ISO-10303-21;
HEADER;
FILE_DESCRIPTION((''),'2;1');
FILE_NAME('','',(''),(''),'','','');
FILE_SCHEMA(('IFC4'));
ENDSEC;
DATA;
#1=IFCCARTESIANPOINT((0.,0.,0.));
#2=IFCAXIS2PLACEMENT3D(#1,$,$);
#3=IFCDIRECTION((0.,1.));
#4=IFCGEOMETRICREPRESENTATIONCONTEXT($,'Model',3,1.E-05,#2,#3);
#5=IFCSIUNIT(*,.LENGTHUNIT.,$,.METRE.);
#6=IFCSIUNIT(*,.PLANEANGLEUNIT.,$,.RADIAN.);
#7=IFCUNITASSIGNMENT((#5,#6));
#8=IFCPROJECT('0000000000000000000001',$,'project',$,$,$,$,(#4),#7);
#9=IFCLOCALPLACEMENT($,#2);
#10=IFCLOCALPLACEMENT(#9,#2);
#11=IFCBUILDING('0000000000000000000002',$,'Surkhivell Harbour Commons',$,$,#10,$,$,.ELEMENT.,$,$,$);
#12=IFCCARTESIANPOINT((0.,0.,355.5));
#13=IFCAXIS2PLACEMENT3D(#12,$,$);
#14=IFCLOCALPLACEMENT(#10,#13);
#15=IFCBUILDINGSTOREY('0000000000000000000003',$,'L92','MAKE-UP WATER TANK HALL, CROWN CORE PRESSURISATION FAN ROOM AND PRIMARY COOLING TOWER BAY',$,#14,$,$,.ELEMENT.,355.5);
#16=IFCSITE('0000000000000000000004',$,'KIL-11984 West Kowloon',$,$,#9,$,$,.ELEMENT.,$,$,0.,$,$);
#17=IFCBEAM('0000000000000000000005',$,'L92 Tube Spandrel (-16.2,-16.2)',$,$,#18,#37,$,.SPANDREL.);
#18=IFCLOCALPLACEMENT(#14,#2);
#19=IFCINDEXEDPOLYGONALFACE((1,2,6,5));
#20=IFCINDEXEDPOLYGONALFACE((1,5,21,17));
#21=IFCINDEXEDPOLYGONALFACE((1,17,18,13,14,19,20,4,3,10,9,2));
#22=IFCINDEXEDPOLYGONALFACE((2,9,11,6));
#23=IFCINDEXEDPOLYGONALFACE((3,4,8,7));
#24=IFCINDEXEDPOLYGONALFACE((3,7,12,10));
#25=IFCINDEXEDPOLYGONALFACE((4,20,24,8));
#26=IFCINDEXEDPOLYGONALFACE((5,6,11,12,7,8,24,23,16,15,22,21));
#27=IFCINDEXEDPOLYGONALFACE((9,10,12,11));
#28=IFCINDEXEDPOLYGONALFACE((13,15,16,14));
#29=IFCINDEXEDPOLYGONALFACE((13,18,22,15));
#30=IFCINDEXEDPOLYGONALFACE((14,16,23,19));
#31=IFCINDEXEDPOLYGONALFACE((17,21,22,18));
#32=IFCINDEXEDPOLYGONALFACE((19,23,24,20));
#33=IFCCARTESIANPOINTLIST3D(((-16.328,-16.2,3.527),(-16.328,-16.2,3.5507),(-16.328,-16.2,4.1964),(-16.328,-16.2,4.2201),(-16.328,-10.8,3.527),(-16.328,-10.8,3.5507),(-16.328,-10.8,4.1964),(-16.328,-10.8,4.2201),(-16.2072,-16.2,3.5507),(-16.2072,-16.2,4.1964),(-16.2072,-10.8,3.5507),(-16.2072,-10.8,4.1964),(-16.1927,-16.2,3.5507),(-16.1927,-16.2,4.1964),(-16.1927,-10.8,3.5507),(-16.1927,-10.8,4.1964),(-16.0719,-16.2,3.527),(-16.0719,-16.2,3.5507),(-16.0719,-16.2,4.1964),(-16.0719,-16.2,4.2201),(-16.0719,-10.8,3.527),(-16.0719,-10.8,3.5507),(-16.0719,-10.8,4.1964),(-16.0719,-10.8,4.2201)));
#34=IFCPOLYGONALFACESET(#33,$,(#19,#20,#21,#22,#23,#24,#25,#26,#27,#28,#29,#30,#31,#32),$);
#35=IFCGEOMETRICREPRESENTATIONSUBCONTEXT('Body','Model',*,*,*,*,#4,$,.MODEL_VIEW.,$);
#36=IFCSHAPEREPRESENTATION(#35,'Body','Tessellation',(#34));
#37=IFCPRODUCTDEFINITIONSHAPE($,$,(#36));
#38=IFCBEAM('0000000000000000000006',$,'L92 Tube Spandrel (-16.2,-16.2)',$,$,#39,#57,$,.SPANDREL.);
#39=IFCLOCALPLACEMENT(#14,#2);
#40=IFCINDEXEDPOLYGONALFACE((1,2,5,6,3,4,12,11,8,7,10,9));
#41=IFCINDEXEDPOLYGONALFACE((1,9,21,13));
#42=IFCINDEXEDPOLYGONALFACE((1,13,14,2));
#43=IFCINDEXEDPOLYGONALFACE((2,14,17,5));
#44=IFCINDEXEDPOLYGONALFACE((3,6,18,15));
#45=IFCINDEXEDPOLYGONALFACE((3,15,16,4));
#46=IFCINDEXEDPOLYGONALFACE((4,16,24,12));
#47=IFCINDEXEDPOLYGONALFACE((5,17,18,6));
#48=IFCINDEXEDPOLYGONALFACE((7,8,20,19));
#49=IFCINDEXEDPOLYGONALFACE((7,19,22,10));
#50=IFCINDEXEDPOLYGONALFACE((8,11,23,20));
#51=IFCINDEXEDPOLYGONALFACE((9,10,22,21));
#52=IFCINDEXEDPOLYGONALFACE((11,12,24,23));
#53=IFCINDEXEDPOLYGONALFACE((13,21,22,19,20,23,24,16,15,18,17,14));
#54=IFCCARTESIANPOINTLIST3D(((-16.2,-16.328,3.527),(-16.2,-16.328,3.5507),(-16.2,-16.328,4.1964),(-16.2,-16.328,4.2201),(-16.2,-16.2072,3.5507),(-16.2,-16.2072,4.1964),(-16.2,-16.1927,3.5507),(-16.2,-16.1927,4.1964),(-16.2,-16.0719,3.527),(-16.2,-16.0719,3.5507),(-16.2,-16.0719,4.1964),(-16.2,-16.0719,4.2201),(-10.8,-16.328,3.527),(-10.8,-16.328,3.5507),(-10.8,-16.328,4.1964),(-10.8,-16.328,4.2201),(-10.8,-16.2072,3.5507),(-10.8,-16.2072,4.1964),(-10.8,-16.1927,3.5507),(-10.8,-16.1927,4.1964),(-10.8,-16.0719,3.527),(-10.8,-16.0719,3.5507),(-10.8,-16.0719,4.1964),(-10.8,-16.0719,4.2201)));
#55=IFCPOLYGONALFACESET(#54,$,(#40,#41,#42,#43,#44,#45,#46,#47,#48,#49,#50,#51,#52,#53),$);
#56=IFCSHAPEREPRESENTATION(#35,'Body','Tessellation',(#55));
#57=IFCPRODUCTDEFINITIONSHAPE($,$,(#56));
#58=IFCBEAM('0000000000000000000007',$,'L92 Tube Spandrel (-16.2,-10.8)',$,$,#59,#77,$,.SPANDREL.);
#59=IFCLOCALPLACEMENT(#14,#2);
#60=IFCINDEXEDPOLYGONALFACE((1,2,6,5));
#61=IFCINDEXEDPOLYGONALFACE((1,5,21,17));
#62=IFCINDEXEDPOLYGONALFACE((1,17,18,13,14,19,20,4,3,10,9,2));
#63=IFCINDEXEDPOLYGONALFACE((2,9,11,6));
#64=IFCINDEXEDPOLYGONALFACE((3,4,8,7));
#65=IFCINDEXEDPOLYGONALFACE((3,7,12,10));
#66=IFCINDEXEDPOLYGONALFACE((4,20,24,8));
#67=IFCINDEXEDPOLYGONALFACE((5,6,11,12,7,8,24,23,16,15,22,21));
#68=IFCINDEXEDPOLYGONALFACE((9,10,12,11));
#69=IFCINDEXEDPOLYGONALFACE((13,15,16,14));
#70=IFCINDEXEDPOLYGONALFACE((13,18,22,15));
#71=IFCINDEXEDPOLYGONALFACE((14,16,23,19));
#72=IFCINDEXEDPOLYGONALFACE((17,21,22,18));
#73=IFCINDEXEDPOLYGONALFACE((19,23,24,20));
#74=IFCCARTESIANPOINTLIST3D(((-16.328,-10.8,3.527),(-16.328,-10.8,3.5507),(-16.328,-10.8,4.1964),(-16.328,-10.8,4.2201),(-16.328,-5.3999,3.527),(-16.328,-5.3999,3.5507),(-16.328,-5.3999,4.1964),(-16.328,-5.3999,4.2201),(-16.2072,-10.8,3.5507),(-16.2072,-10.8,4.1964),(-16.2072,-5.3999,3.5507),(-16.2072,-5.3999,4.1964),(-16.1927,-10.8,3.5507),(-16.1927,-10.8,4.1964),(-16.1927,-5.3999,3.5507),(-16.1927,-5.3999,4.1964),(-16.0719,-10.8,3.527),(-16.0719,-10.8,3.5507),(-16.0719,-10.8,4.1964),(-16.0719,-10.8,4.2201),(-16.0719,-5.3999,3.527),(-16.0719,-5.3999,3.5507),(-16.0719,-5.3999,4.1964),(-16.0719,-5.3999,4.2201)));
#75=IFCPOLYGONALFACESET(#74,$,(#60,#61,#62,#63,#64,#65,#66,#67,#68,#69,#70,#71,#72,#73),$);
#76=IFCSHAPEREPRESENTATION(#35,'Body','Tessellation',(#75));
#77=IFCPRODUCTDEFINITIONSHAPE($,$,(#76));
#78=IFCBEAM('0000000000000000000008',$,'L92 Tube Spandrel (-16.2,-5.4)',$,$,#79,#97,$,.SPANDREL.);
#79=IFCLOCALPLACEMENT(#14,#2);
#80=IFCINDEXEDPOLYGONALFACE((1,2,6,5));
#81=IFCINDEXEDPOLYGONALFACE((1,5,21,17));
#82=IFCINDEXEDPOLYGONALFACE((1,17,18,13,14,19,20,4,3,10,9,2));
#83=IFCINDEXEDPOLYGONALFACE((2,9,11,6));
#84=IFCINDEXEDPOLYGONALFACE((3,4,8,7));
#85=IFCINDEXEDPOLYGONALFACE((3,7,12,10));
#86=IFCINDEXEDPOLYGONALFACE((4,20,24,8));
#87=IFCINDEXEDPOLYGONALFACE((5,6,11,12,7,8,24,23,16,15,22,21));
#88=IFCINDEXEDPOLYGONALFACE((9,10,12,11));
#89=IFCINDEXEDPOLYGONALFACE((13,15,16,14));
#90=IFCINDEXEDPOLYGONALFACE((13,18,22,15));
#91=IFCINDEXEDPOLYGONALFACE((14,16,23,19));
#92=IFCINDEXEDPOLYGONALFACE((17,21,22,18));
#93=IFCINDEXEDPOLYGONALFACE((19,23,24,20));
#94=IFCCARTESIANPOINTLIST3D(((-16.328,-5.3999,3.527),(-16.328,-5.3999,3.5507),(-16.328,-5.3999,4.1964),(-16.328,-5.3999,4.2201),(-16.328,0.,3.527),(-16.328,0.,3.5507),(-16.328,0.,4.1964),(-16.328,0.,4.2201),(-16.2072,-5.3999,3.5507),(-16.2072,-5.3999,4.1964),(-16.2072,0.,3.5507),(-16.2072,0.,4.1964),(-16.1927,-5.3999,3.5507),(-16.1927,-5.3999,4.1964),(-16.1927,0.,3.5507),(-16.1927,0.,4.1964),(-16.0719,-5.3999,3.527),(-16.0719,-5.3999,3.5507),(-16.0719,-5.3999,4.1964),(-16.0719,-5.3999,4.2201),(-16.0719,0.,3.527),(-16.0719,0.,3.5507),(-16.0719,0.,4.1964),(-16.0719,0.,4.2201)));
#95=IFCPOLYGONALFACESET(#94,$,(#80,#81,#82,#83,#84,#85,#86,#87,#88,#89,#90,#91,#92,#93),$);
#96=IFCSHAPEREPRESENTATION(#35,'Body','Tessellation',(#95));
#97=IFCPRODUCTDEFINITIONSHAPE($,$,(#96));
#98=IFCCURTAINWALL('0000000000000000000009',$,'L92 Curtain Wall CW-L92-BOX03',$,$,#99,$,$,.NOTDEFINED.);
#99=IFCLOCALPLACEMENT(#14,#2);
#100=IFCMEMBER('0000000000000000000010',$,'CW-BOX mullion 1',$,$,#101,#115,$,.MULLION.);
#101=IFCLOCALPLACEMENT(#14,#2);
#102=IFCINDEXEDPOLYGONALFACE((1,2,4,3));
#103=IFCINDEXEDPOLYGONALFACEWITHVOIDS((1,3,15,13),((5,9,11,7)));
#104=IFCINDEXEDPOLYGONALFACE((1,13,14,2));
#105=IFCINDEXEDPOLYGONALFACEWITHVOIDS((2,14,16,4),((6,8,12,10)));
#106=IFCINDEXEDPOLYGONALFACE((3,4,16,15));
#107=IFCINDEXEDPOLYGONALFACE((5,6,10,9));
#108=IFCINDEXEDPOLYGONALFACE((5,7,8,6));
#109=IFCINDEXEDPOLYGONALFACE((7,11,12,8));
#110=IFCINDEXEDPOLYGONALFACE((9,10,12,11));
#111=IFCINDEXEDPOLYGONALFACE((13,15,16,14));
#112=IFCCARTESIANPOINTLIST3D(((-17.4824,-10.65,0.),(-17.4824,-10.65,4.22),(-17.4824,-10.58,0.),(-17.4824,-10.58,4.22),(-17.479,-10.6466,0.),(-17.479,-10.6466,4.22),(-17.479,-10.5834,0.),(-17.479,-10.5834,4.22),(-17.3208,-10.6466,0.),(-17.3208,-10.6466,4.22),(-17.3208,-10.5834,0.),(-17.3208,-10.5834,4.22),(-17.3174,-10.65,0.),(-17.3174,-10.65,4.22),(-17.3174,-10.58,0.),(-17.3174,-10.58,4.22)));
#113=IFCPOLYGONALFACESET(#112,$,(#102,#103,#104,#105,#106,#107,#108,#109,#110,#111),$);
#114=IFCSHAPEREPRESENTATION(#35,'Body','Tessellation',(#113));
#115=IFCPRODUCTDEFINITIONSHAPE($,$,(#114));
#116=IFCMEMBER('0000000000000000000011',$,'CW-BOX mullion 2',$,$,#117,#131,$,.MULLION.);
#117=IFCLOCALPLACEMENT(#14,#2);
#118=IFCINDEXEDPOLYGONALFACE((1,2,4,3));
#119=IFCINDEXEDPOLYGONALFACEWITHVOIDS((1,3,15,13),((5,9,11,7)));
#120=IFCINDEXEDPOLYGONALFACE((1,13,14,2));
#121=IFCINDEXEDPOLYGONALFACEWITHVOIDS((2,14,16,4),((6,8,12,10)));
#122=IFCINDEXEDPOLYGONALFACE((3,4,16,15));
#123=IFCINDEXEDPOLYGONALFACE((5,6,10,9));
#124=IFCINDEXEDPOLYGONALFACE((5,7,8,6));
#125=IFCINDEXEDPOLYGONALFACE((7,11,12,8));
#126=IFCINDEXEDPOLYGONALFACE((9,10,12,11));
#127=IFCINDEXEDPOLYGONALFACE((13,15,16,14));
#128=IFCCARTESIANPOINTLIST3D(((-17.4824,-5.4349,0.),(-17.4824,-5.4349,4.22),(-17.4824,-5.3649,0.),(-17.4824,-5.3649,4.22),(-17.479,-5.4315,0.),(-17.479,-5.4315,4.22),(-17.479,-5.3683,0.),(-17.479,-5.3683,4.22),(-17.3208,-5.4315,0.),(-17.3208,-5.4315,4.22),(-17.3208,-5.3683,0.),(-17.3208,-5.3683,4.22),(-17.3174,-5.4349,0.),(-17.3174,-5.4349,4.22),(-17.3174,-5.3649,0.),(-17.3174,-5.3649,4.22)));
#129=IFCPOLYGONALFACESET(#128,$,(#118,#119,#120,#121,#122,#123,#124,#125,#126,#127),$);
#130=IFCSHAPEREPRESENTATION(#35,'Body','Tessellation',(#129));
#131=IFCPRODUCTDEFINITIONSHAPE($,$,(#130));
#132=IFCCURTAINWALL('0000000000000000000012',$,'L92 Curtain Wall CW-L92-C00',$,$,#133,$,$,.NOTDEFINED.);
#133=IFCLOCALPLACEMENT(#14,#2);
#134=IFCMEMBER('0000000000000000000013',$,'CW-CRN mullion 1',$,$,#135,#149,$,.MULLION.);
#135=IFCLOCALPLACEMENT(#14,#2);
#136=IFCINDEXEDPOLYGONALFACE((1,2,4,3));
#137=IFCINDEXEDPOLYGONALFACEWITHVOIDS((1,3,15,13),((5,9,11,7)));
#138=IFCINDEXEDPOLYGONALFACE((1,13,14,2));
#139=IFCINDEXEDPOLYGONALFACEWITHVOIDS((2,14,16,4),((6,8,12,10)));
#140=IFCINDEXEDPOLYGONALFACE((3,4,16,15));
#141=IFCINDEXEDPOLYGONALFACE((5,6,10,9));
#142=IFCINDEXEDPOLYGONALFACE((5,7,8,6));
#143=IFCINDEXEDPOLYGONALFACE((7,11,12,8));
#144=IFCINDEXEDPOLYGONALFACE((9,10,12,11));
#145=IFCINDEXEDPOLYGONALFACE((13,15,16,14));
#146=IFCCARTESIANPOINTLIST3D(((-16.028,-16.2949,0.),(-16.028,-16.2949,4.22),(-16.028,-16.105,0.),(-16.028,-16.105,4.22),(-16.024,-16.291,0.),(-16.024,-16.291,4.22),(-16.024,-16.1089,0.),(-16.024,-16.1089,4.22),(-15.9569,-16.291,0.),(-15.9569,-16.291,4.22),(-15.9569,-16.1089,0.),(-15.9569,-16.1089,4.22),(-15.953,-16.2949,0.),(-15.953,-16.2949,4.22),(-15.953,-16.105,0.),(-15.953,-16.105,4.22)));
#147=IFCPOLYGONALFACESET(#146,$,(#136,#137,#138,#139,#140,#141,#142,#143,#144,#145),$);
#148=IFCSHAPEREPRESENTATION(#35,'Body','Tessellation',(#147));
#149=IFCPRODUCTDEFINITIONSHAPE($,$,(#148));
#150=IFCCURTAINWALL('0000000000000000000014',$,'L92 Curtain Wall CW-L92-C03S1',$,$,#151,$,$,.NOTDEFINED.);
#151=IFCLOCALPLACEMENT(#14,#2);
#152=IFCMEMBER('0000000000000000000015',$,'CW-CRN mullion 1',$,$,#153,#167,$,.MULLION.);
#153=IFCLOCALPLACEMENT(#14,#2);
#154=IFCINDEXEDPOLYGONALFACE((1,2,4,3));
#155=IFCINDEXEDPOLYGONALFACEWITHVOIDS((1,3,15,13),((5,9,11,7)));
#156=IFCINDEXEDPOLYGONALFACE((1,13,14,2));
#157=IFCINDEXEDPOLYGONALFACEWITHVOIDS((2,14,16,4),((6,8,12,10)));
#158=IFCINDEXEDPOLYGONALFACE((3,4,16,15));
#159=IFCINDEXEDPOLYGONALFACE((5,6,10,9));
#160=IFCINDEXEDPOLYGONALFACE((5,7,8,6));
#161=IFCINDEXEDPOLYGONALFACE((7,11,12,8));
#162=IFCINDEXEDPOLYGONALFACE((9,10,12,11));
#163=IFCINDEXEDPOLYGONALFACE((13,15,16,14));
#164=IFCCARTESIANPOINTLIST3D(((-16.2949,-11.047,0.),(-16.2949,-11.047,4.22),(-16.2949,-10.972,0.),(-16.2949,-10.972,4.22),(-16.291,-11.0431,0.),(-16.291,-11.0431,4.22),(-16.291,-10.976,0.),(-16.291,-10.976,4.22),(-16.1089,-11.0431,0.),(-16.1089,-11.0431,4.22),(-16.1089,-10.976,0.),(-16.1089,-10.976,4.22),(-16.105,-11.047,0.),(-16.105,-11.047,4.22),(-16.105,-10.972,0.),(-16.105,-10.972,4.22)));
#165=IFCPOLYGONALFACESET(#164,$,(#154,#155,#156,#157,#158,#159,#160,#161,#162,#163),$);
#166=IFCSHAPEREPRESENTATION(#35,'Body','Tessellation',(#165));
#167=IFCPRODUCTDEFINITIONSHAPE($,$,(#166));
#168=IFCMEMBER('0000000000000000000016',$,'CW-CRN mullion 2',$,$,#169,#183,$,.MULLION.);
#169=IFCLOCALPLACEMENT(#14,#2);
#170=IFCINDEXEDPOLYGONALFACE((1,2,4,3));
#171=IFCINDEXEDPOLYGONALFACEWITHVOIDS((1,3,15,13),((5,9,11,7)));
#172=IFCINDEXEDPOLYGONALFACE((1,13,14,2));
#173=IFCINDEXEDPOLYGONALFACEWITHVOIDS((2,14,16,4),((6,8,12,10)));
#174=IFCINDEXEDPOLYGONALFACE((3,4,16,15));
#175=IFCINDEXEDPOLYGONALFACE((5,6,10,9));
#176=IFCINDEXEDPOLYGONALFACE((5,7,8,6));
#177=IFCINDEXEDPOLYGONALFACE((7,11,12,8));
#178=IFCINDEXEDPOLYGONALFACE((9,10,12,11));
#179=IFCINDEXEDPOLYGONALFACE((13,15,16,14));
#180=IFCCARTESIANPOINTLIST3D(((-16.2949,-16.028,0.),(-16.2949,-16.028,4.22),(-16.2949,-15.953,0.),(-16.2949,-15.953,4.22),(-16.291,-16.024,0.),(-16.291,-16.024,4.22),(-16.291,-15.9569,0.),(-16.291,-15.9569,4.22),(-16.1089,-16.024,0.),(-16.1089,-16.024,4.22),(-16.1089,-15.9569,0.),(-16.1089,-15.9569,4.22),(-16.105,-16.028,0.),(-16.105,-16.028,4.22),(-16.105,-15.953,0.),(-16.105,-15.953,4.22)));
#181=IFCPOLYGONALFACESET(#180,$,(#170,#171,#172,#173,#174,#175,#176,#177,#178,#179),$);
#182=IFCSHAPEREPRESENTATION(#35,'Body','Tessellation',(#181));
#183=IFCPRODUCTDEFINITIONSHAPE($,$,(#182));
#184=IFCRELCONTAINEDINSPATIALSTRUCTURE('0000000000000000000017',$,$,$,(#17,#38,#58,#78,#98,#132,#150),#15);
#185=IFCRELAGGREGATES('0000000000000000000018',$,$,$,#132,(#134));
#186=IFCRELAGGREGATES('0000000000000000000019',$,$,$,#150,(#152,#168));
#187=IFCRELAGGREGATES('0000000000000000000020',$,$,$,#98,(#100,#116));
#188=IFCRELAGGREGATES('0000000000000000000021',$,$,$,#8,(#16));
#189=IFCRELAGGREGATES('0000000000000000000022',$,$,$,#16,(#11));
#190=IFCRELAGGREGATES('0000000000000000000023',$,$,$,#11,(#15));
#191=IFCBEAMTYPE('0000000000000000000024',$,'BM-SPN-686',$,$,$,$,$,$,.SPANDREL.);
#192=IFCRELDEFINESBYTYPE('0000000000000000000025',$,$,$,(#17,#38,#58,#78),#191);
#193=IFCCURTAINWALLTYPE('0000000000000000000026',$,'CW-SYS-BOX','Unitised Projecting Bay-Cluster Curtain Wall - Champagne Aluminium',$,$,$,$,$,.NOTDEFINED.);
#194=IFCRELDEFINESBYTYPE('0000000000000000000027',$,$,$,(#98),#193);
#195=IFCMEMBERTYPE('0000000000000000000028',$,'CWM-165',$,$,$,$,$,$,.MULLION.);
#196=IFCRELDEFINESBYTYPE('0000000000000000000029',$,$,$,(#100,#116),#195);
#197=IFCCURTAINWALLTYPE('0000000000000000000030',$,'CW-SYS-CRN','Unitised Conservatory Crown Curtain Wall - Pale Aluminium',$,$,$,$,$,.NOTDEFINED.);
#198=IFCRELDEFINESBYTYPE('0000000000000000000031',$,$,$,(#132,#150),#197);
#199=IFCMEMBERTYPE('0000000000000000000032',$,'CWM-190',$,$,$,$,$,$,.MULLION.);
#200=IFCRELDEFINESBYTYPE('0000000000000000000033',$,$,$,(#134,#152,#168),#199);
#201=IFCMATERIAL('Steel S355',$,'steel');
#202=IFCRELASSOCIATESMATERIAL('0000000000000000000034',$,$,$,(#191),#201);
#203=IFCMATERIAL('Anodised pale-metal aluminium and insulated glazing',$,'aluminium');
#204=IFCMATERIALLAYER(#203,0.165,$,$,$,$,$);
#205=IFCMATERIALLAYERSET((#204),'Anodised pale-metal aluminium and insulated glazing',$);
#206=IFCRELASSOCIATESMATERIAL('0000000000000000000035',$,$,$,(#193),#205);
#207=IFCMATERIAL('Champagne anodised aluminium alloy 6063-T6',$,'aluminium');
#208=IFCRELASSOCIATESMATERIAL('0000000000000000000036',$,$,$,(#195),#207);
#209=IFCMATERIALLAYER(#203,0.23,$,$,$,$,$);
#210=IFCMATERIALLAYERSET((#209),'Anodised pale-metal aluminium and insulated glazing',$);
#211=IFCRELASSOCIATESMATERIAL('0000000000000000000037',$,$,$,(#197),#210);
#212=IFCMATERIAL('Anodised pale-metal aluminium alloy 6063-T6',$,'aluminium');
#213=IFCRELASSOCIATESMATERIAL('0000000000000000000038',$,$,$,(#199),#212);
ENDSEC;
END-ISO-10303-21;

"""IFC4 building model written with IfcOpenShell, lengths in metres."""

from ifc_helpers import new_model, si_unit, direction, frame, origin, origin_2d, place, context, subcontext, project, spatial, hollow_rectangle, i_section, extrude, material, layer, layer_set, material_profile, profile_set, type_object, element, aggregate, save


model = new_model("IFC4")

# Units and contexts
model_context = context("Model", 3, precision=1e-05, world=origin(), true_north=direction((0.0, 1.0)))
body_context = subcontext(model_context, "Body", "Model", "MODEL_VIEW")
ifc_project = project(units=[si_unit("LENGTHUNIT", "METRE"), si_unit("PLANEANGLEUNIT", "RADIAN")], contexts=[model_context])

# Site, building, storey
site_placement = place(None, origin())
site = spatial("IfcSite", under=ifc_project, at=site_placement, Name="KIL-11984 West Kowloon", CompositionType="ELEMENT", RefElevation=0.0)
building_placement = place(site_placement, origin())
building = spatial("IfcBuilding", under=site, at=building_placement, Name="Surkhivell Harbour Commons", CompositionType="ELEMENT")
storey_placement = place(building_placement, frame((0.0, 0.0, 355.5)))
storey = spatial("IfcBuildingStorey", under=building, at=storey_placement, Name="L92", Description="MAKE-UP WATER TANK HALL, CROWN CORE PRESSURISATION FAN ROOM AND PRIMARY COOLING TOWER BAY", CompositionType="ELEMENT", Elevation=355.5)

# Shared definitions
ifc_material_1 = material(Name="Steel S355", Category="steel")

# Beams
ifc_material_profile_1 = material_profile(ifc_material_1, i_section(OverallWidth=0.2561, OverallDepth=0.6931, WebThickness=0.0144, FlangeThickness=0.0237, at=origin_2d()), Name="UB686x254x170")
ifc_profile_set_1 = profile_set([ifc_material_profile_1], Name="Steel S355")
beam_type_1 = type_object("IfcBeamType", Name="BM-SPN-686", PredefinedType="SPANDREL", material=ifc_profile_set_1)
for number, where, z_axis, x_axis, name in (
    (1, (-16.2, -16.2, 3.8735), (0.0, 1.0, 0.0), (-1.0, 0.0, 0.0), "L92 Tube Spandrel (-16.2,-16.2)"),
    (2, (-16.2, -16.2, 3.8735), (1.0, 0.0, 0.0), (0.0, 1.0, 0.0), "L92 Tube Spandrel (-16.2,-16.2)"),
):
    element("IfcBeam", number, at=place(storey_placement, frame(where, z_axis=z_axis, x_axis=x_axis)), inside=storey, type_object=beam_type_1, Name=name, PredefinedType="SPANDREL", context=body_context, shape_type="SweptSolid", body=[
        extrude(i_section(OverallWidth=0.2561, OverallDepth=0.6931, WebThickness=0.0144, FlangeThickness=0.0237, at=origin_2d()), origin(), (0.0, 0.0, 1.0), 5.3999),
    ])
beam_1_placement = place(storey_placement, frame((-16.2, -10.8, 3.8735), z_axis=(0.0, 1.0, 0.0), x_axis=(-1.0, 0.0, 0.0)))
element("IfcBeam", 3, at=beam_1_placement, inside=storey, type_object=beam_type_1, Name="L92 Tube Spandrel (-16.2,-10.8)", PredefinedType="SPANDREL", context=body_context, shape_type="SweptSolid", body=[
    extrude(i_section(OverallWidth=0.2561, OverallDepth=0.6931, WebThickness=0.0144, FlangeThickness=0.0237, at=origin_2d()), origin(), (0.0, 0.0, 1.0), 5.4001),
])
beam_2_placement = place(storey_placement, frame((-16.2, -5.3999, 3.8735), z_axis=(0.0, 1.0, 0.0), x_axis=(-1.0, 0.0, 0.0)))
element("IfcBeam", 4, at=beam_2_placement, inside=storey, type_object=beam_type_1, Name="L92 Tube Spandrel (-16.2,-5.4)", PredefinedType="SPANDREL", context=body_context, shape_type="SweptSolid", body=[
    extrude(i_section(OverallWidth=0.2561, OverallDepth=0.6931, WebThickness=0.0144, FlangeThickness=0.0237, at=origin_2d()), origin(), (0.0, 0.0, 1.0), 5.3999),
])

# Curtain wall, members
ifc_material_2 = material(Name="Anodised pale-metal aluminium and insulated glazing", Category="aluminium")
ifc_layer_1 = layer(ifc_material_2, 0.165)
ifc_layer_set_1 = layer_set([ifc_layer_1], Name="Anodised pale-metal aluminium and insulated glazing")
curtain_wall_type_1 = type_object("IfcCurtainWallType", Name="CW-SYS-BOX", Description="Unitised Projecting Bay-Cluster Curtain Wall - Champagne Aluminium", PredefinedType="NOTDEFINED", material=ifc_layer_set_1)
curtain_wall_1_placement = place(storey_placement, origin())
curtain_wall_1 = element("IfcCurtainWall", 5, at=curtain_wall_1_placement, inside=storey, type_object=curtain_wall_type_1, Name="L92 Curtain Wall CW-L92-BOX03", PredefinedType="NOTDEFINED")
ifc_material_3 = material(Name="Champagne anodised aluminium alloy 6063-T6", Category="aluminium")
ifc_material_profile_2 = material_profile(ifc_material_3, hollow_rectangle(XDim=0.0701, YDim=0.165, WallThickness=0.0034, at=origin_2d()), Name="ALU-MULL-70x165")
ifc_profile_set_2 = profile_set([ifc_material_profile_2], Name="Champagne anodised aluminium alloy 6063-T6")
member_type_1 = type_object("IfcMemberType", Name="CWM-165", PredefinedType="MULLION", material=ifc_profile_set_2)
member_1_placement = place(storey_placement, frame((-17.3999, -10.615, 0.0), z_axis=(0.0, 0.0, 1.0), x_axis=(0.0, 1.0, 0.0)))
member_1 = element("IfcMember", 6, at=member_1_placement, type_object=member_type_1, Name="CW-BOX mullion 1", PredefinedType="MULLION", context=body_context, shape_type="SweptSolid", body=[
    extrude(hollow_rectangle(XDim=0.0701, YDim=0.165, WallThickness=0.0034, at=origin_2d()), origin(), (0.0, 0.0, 1.0), 4.22),
])
member_2_placement = place(storey_placement, frame((-17.3999, -5.3999, 0.0), z_axis=(0.0, 0.0, 1.0), x_axis=(0.0, 1.0, 0.0)))
member_2 = element("IfcMember", 7, at=member_2_placement, type_object=member_type_1, Name="CW-BOX mullion 2", PredefinedType="MULLION", context=body_context, shape_type="SweptSolid", body=[
    extrude(hollow_rectangle(XDim=0.0701, YDim=0.165, WallThickness=0.0034, at=origin_2d()), origin(), (0.0, 0.0, 1.0), 4.22),
])

# Curtain wall, member
ifc_layer_2 = layer(ifc_material_2, 0.23)
ifc_layer_set_2 = layer_set([ifc_layer_2], Name="Anodised pale-metal aluminium and insulated glazing")
curtain_wall_type_2 = type_object("IfcCurtainWallType", Name="CW-SYS-CRN", Description="Unitised Conservatory Crown Curtain Wall - Pale Aluminium", PredefinedType="NOTDEFINED", material=ifc_layer_set_2)
curtain_wall_2_placement = place(storey_placement, origin())
curtain_wall_2 = element("IfcCurtainWall", 8, at=curtain_wall_2_placement, inside=storey, type_object=curtain_wall_type_2, Name="L92 Curtain Wall CW-L92-C00", PredefinedType="NOTDEFINED")
ifc_material_4 = material(Name="Anodised pale-metal aluminium alloy 6063-T6", Category="aluminium")
ifc_material_profile_3 = material_profile(ifc_material_4, hollow_rectangle(XDim=0.075, YDim=0.1899, WallThickness=0.0039, at=origin_2d()), Name="ALU-MULL-75x190")
ifc_profile_set_3 = profile_set([ifc_material_profile_3], Name="Anodised pale-metal aluminium alloy 6063-T6")
member_type_2 = type_object("IfcMemberType", Name="CWM-190", PredefinedType="MULLION", material=ifc_profile_set_3)
member_3_placement = place(storey_placement, frame((-15.9905, -16.2, 0.0), z_axis=(0.0, 0.0, 1.0), x_axis=(1.0, 0.0, 0.0)))
member_3 = element("IfcMember", 9, at=member_3_placement, type_object=member_type_2, Name="CW-CRN mullion 1", PredefinedType="MULLION", context=body_context, shape_type="SweptSolid", body=[
    extrude(hollow_rectangle(XDim=0.075, YDim=0.1899, WallThickness=0.0039, at=origin_2d()), origin(), (0.0, 0.0, 1.0), 4.22),
])

# Curtain wall, members
curtain_wall_3_placement = place(storey_placement, origin())
curtain_wall_3 = element("IfcCurtainWall", 10, at=curtain_wall_3_placement, inside=storey, type_object=curtain_wall_type_2, Name="L92 Curtain Wall CW-L92-C03S1", PredefinedType="NOTDEFINED")
member_4_placement = place(storey_placement, frame((-16.2, -11.0095, 0.0), z_axis=(0.0, 0.0, 1.0), x_axis=(0.0, -1.0, 0.0)))
member_4 = element("IfcMember", 11, at=member_4_placement, type_object=member_type_2, Name="CW-CRN mullion 1", PredefinedType="MULLION", context=body_context, shape_type="SweptSolid", body=[
    extrude(hollow_rectangle(XDim=0.075, YDim=0.1899, WallThickness=0.0039, at=origin_2d()), origin(), (0.0, 0.0, 1.0), 4.22),
])
member_5_placement = place(storey_placement, frame((-16.2, -15.9905, 0.0), z_axis=(0.0, 0.0, 1.0), x_axis=(0.0, -1.0, 0.0)))
member_5 = element("IfcMember", 12, at=member_5_placement, type_object=member_type_2, Name="CW-CRN mullion 2", PredefinedType="MULLION", context=body_context, shape_type="SweptSolid", body=[
    extrude(hollow_rectangle(XDim=0.075, YDim=0.1899, WallThickness=0.0039, at=origin_2d()), origin(), (0.0, 0.0, 1.0), 4.22),
])

aggregate(curtain_wall_2, [member_3])

aggregate(curtain_wall_3, [member_4, member_5])
aggregate(curtain_wall_1, [member_1, member_2])

save(model, "model.ifc")
